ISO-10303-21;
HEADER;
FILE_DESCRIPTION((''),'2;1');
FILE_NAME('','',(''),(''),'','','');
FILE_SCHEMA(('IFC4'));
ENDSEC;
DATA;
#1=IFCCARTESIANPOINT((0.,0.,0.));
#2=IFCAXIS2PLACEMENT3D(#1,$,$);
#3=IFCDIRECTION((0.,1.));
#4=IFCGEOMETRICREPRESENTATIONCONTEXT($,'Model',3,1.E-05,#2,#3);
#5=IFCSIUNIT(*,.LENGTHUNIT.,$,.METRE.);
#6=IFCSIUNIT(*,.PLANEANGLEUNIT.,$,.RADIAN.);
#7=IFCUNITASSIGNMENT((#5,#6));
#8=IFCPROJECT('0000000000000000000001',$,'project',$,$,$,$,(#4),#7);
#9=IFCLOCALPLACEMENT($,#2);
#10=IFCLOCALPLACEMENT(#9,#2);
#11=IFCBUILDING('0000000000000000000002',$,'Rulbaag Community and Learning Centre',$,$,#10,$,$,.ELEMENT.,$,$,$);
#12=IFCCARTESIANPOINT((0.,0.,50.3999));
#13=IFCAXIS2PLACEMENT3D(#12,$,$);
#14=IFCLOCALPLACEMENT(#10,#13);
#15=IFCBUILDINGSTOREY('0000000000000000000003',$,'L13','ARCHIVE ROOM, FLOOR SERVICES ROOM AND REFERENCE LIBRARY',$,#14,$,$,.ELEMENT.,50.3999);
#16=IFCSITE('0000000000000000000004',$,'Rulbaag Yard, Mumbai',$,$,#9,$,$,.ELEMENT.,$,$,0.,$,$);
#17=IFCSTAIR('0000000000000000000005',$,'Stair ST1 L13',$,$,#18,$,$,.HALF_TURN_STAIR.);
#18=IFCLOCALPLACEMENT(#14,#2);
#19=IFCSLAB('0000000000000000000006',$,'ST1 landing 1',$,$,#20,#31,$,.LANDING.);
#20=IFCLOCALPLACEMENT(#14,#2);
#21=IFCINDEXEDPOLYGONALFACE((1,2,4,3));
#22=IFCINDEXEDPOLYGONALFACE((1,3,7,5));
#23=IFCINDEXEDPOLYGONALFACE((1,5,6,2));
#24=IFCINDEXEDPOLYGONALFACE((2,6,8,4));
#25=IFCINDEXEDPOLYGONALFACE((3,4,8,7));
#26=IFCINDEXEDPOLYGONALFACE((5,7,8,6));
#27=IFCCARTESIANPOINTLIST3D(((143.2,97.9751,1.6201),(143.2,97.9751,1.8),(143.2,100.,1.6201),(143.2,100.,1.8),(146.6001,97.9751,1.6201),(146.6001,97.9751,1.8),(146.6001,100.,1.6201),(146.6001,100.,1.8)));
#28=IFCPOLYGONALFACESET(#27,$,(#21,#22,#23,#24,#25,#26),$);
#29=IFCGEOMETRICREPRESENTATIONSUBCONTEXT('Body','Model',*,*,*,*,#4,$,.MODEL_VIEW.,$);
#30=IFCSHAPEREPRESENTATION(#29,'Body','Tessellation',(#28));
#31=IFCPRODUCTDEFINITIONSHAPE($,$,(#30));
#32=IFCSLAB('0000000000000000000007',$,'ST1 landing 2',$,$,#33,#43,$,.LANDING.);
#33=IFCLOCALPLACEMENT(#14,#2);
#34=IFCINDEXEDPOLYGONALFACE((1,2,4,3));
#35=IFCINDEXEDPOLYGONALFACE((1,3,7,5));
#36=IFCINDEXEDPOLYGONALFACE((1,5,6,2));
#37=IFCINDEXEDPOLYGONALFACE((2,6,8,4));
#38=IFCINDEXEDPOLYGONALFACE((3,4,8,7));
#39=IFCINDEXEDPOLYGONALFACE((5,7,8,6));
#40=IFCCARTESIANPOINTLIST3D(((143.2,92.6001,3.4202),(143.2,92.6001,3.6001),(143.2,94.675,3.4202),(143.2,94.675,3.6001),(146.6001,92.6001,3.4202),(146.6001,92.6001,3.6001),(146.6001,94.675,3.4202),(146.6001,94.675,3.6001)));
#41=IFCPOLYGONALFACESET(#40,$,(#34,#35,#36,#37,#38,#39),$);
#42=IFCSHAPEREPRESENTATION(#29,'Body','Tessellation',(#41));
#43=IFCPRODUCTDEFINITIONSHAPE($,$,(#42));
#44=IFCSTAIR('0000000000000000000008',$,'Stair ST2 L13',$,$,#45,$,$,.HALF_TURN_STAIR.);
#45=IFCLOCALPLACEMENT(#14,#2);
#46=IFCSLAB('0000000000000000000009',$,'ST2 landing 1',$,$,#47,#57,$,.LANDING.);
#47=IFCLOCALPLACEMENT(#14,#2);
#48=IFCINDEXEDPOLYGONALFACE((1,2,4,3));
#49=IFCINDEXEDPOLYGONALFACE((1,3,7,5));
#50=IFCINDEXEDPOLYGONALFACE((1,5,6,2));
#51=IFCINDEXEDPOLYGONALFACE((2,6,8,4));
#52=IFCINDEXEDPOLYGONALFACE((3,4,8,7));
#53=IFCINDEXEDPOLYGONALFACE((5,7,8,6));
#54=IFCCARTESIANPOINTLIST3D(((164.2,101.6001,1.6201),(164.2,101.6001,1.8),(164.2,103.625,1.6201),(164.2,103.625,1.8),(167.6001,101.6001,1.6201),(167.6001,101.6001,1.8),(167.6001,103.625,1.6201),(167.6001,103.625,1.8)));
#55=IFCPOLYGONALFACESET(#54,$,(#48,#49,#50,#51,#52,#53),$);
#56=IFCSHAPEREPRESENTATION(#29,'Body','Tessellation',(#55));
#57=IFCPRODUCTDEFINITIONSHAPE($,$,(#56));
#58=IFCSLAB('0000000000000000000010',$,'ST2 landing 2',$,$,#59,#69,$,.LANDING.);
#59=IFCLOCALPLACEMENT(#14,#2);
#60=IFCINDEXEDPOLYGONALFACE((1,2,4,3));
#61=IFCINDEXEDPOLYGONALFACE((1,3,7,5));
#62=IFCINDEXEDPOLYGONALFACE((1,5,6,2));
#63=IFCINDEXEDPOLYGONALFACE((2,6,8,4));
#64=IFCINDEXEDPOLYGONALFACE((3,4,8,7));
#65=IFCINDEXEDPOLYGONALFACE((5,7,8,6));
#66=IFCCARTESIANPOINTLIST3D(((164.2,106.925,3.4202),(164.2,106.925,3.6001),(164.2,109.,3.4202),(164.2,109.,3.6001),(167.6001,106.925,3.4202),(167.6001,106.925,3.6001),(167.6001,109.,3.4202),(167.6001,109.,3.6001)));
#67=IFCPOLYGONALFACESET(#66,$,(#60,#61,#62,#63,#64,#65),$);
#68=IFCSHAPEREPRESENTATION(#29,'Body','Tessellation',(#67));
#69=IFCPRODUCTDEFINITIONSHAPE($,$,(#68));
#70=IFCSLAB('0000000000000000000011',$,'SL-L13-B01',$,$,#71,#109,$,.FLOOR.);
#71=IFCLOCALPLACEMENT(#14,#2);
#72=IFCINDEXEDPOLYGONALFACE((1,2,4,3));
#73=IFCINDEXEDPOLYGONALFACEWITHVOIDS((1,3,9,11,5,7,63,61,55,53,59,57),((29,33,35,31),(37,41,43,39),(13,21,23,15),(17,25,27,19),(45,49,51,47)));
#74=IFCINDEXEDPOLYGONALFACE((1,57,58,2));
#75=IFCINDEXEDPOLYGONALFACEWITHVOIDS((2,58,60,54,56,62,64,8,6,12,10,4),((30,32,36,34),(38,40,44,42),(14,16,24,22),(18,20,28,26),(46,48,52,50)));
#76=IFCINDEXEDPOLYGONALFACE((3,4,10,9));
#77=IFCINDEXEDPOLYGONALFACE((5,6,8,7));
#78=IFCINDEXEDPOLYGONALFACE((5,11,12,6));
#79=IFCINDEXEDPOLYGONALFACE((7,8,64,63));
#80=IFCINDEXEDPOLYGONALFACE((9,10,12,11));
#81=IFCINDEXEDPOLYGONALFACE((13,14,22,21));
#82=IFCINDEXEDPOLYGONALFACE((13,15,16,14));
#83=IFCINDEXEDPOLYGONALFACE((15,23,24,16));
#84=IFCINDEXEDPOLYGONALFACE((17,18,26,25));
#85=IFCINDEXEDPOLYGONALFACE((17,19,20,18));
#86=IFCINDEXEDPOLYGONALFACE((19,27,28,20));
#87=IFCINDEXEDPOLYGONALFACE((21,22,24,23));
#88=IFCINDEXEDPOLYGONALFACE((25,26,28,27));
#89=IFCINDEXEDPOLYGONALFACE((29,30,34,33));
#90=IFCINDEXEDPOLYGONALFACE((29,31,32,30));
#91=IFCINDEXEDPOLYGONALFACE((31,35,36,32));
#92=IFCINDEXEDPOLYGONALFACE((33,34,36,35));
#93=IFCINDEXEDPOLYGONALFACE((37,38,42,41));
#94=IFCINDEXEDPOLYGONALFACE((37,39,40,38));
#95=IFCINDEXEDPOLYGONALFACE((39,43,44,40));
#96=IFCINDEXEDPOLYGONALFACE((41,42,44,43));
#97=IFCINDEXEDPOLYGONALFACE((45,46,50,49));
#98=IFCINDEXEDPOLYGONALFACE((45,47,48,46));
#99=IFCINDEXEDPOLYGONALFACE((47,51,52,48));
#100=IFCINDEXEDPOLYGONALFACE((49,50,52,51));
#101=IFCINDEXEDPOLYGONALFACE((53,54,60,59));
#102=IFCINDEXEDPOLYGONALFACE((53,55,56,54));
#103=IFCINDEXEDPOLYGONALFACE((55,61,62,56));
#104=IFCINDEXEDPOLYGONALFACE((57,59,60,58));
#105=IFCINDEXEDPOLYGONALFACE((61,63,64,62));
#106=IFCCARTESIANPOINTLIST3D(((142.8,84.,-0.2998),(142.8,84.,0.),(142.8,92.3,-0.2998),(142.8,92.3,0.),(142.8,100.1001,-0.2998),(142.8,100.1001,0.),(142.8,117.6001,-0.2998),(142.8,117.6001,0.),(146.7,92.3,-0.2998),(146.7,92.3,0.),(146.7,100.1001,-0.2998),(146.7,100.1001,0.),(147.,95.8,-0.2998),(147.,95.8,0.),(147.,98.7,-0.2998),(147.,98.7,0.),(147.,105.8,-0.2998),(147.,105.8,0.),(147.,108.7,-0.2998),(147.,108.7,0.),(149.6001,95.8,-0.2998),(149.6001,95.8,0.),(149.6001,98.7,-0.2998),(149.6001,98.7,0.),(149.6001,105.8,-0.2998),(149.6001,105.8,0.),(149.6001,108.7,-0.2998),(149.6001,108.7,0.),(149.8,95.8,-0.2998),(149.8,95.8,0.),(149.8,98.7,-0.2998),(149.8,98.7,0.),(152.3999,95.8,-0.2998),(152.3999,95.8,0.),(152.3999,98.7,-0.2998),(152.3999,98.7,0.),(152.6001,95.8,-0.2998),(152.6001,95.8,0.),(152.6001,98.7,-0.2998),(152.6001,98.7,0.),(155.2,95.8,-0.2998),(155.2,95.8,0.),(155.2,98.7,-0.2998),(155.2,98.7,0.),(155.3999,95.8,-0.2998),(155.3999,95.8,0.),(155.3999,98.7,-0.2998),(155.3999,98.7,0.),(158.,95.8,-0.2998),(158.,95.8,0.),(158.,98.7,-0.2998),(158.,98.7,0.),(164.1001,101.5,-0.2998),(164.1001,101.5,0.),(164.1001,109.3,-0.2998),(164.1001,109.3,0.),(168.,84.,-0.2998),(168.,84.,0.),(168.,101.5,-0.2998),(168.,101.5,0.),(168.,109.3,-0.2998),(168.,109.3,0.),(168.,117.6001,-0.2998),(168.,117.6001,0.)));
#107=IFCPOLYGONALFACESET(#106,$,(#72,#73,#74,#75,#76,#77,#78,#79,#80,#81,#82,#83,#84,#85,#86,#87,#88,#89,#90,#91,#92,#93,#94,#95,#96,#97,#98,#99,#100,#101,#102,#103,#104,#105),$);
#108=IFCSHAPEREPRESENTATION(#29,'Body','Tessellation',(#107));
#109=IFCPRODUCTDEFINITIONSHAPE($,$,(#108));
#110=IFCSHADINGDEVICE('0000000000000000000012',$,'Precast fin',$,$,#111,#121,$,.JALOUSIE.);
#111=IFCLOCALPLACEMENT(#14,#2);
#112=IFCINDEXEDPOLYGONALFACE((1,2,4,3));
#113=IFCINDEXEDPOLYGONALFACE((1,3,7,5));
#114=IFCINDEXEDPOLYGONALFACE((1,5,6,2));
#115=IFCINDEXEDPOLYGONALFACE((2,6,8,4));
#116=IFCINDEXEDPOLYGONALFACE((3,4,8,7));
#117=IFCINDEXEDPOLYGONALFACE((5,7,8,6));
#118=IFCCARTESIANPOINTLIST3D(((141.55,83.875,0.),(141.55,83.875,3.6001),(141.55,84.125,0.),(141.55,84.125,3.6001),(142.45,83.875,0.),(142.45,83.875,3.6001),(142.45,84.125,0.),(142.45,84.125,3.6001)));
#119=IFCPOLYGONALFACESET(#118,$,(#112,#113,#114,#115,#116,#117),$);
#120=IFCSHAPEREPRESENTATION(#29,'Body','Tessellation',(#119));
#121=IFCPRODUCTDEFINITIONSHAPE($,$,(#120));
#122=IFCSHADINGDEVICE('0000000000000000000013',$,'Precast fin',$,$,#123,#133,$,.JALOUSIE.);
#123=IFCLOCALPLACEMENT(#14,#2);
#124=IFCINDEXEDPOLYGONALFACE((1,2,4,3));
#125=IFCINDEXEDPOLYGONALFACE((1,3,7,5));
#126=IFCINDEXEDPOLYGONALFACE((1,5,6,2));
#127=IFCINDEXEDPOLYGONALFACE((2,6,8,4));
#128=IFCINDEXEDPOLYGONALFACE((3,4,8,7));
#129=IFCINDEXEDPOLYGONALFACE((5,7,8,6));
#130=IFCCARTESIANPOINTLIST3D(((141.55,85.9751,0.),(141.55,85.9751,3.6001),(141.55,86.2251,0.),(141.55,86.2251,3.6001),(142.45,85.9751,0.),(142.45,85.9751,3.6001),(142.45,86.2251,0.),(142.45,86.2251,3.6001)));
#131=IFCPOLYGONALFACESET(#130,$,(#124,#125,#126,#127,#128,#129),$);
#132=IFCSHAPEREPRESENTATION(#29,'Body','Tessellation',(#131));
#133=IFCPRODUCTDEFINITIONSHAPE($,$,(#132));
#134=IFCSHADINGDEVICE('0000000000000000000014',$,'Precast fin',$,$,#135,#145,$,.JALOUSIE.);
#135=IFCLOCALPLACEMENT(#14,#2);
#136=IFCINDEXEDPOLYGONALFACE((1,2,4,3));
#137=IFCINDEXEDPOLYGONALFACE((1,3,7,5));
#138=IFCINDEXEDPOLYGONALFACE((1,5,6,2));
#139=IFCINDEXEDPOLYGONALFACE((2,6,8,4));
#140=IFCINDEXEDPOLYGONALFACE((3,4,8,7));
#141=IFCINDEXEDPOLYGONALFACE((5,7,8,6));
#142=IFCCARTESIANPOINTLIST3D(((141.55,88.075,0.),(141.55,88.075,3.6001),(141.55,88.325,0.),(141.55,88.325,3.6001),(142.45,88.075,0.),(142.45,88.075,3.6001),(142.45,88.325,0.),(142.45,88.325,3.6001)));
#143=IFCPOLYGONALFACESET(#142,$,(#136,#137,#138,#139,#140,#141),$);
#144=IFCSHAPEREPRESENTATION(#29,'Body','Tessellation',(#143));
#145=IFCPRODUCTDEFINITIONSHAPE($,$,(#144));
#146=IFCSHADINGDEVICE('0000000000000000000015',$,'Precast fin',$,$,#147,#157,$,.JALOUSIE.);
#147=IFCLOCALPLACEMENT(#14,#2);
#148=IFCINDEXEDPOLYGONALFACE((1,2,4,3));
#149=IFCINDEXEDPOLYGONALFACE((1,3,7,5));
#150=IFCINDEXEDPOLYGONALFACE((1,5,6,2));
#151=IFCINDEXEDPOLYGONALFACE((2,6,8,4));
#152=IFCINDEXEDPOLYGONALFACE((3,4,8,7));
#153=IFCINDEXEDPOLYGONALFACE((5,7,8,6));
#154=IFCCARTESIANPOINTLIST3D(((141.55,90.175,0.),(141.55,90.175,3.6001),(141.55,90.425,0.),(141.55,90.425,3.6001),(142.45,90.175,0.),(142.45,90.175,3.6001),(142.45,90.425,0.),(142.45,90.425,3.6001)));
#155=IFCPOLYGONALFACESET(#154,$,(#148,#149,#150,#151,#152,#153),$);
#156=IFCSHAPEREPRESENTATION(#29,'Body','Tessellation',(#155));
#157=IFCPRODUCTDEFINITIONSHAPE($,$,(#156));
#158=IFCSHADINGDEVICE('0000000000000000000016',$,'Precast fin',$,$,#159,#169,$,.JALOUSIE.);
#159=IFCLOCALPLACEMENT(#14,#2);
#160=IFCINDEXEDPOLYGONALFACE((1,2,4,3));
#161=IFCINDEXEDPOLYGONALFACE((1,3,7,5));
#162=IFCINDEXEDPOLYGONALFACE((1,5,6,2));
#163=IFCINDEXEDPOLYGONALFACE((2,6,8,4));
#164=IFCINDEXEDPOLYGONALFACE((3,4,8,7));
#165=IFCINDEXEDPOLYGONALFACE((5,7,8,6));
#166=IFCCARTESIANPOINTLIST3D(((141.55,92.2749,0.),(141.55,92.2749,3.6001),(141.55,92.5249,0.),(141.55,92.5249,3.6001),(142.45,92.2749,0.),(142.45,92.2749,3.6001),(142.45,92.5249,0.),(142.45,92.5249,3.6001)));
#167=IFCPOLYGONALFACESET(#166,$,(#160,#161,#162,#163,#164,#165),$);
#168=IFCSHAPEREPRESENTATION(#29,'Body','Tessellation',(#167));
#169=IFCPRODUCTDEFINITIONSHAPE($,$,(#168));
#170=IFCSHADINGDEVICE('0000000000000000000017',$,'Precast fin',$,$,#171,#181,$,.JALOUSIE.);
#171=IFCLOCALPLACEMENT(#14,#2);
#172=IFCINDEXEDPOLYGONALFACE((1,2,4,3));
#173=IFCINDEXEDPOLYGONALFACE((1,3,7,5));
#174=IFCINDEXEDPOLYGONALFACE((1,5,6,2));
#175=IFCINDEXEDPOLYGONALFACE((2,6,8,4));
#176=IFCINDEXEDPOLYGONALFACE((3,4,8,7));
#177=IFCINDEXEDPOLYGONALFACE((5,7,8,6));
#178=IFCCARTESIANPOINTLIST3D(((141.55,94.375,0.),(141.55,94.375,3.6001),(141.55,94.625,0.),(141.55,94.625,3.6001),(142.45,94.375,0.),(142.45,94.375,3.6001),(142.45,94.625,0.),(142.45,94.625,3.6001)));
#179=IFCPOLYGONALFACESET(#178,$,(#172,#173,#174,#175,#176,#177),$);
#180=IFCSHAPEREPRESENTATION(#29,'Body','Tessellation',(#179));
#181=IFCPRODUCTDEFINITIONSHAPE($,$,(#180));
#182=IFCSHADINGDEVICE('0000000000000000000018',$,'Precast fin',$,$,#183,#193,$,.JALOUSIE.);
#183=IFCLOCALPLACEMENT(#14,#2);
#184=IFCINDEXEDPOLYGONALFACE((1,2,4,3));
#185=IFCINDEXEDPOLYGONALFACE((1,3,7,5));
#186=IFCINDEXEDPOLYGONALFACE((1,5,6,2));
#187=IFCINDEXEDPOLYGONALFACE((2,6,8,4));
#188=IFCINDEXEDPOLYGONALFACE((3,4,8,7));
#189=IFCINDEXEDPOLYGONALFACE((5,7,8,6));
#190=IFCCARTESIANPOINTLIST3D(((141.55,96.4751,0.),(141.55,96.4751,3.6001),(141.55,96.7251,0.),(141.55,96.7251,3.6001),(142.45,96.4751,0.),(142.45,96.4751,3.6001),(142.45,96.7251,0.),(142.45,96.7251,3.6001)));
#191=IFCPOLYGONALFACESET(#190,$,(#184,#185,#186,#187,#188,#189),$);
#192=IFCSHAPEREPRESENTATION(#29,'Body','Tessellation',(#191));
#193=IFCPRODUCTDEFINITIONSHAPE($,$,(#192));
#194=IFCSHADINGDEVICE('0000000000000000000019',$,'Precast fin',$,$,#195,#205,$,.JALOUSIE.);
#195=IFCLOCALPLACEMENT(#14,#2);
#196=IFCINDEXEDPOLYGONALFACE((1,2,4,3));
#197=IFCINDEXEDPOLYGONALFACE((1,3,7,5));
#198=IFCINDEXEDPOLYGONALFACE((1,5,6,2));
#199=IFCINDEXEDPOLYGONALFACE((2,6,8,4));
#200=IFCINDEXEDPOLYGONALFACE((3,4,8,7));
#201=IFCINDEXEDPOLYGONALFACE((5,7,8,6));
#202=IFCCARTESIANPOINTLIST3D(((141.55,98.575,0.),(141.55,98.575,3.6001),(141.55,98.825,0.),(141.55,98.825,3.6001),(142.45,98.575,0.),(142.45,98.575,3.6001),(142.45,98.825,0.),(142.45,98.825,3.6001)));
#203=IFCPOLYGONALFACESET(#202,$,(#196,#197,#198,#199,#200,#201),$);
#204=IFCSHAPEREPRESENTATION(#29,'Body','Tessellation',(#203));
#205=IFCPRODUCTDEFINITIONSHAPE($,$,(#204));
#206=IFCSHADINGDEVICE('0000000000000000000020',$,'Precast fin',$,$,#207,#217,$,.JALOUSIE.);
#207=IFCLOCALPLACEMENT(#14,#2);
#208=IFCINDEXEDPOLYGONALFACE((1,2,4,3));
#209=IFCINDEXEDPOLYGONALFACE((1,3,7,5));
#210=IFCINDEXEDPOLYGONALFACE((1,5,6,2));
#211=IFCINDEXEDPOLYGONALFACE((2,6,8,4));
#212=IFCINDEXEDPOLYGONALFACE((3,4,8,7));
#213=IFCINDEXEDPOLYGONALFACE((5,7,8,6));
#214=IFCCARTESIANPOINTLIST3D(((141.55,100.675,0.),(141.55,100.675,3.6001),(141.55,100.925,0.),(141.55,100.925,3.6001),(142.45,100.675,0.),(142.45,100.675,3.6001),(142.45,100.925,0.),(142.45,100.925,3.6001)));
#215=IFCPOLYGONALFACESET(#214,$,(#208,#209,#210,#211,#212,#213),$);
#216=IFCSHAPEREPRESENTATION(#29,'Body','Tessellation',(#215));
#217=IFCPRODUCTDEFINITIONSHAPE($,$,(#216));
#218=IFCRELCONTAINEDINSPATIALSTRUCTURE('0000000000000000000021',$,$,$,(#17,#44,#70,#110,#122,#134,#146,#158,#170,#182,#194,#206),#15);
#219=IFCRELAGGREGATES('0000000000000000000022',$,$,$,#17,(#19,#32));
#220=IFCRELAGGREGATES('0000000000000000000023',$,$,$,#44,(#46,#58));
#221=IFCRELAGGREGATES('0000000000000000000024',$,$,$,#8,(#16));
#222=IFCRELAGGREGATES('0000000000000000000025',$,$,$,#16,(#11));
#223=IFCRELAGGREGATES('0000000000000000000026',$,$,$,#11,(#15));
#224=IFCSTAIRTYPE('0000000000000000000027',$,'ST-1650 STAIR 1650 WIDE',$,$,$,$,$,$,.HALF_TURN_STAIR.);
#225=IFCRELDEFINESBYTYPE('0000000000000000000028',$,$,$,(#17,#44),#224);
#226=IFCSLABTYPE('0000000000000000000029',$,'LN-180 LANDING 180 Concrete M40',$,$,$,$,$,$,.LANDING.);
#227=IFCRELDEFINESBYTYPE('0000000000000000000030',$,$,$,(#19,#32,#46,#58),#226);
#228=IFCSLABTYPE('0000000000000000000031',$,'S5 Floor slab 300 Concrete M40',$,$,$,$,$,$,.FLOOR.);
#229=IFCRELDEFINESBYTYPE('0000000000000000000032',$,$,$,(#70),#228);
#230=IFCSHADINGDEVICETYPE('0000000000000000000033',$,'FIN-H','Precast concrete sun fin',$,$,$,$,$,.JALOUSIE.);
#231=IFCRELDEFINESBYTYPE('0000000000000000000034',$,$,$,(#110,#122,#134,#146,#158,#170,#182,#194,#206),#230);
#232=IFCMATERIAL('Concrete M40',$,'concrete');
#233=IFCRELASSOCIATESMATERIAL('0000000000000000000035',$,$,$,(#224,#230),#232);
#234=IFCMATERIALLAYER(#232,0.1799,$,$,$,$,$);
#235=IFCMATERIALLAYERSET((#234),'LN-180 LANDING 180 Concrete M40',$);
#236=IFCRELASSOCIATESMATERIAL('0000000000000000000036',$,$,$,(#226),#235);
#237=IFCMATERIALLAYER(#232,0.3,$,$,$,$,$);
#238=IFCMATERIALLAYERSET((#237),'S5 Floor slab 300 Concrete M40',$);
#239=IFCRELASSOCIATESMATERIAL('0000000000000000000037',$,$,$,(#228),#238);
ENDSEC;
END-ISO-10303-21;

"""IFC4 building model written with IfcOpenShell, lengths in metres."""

from ifc_helpers import new_model, si_unit, direction, frame, origin, origin_2d, place, context, subcontext, project, spatial, polyline, rectangle, outline, extrude, material, layer, layer_set, material_profile, profile_set, type_object, element, aggregate, save


model = new_model("IFC4")

# Units and contexts
model_context = context("Model", 3, precision=1e-05, world=origin(), true_north=direction((0.0, 1.0)))
body_context = subcontext(model_context, "Body", "Model", "MODEL_VIEW")
ifc_project = project(units=[si_unit("LENGTHUNIT", "METRE"), si_unit("PLANEANGLEUNIT", "RADIAN")], contexts=[model_context])

# Site, building, storey
site_placement = place(None, origin())
site = spatial("IfcSite", under=ifc_project, at=site_placement, Name="Rulbaag Yard, Mumbai", CompositionType="ELEMENT", RefElevation=0.0)
building_placement = place(site_placement, origin())
building = spatial("IfcBuilding", under=site, at=building_placement, Name="Rulbaag Community and Learning Centre", CompositionType="ELEMENT")
storey_placement = place(building_placement, frame((0.0, 0.0, 50.3999)))
storey = spatial("IfcBuildingStorey", under=building, at=storey_placement, Name="L13", Description="ARCHIVE ROOM, FLOOR SERVICES ROOM AND REFERENCE LIBRARY", CompositionType="ELEMENT", Elevation=50.3999)

# Stairs, slabs
ifc_material_1 = material(Name="Concrete M40", Category="concrete")
stair_type = type_object("IfcStairType", Name="ST-1650 STAIR 1650 WIDE", PredefinedType="HALF_TURN_STAIR", material=ifc_material_1)
stair_1_placement = place(storey_placement, origin())
stair_1 = element("IfcStair", 1, at=stair_1_placement, inside=storey, type_object=stair_type, Name="Stair ST1 L13", PredefinedType="HALF_TURN_STAIR")
ifc_layer_1 = layer(ifc_material_1, 0.1799)
ifc_layer_set_1 = layer_set([ifc_layer_1], Name="LN-180 LANDING 180 Concrete M40")
slab_type_1 = type_object("IfcSlabType", Name="LN-180 LANDING 180 Concrete M40", PredefinedType="LANDING", material=ifc_layer_set_1)
slab_1_placement = place(storey_placement, frame((0.0, 0.0, 1.6201)))
slab_1 = element("IfcSlab", 2, at=slab_1_placement, type_object=slab_type_1, Name="ST1 landing 1", PredefinedType="LANDING", context=body_context, shape_type="SweptSolid", body=[
    extrude(outline(polyline([(143.2, 97.9751), (143.2, 100.0), (146.6001, 100.0), (146.6001, 97.9751), (143.2, 97.9751)])), origin(), (0.0, 0.0, 1.0), 0.1799),
])
slab_2_placement = place(storey_placement, frame((0.0, 0.0, 3.4202)))
slab_2 = element("IfcSlab", 3, at=slab_2_placement, type_object=slab_type_1, Name="ST1 landing 2", PredefinedType="LANDING", context=body_context, shape_type="SweptSolid", body=[
    extrude(outline(polyline([(143.2, 92.6001), (143.2, 94.675), (146.6001, 94.675), (146.6001, 92.6001), (143.2, 92.6001)])), origin(), (0.0, 0.0, 1.0), 0.1799),
])
aggregate(stair_1, [slab_1, slab_2])
stair_2_placement = place(storey_placement, origin())
stair_2 = element("IfcStair", 4, at=stair_2_placement, inside=storey, type_object=stair_type, Name="Stair ST2 L13", PredefinedType="HALF_TURN_STAIR")
slab_3_placement = place(storey_placement, frame((0.0, 0.0, 1.6201)))
slab_3 = element("IfcSlab", 5, at=slab_3_placement, type_object=slab_type_1, Name="ST2 landing 1", PredefinedType="LANDING", context=body_context, shape_type="SweptSolid", body=[
    extrude(outline(polyline([(164.2, 101.6001), (164.2, 103.625), (167.6001, 103.625), (167.6001, 101.6001), (164.2, 101.6001)])), origin(), (0.0, 0.0, 1.0), 0.1799),
])
slab_4_placement = place(storey_placement, frame((0.0, 0.0, 3.4202)))
slab_4 = element("IfcSlab", 6, at=slab_4_placement, type_object=slab_type_1, Name="ST2 landing 2", PredefinedType="LANDING", context=body_context, shape_type="SweptSolid", body=[
    extrude(outline(polyline([(164.2, 106.925), (164.2, 109.0), (167.6001, 109.0), (167.6001, 106.925), (164.2, 106.925)])), origin(), (0.0, 0.0, 1.0), 0.1799),
])
aggregate(stair_2, [slab_3, slab_4])

# Slab
ifc_layer_2 = layer(ifc_material_1, 0.3)
ifc_layer_set_2 = layer_set([ifc_layer_2], Name="S5 Floor slab 300 Concrete M40")
slab_type_2 = type_object("IfcSlabType", Name="S5 Floor slab 300 Concrete M40", PredefinedType="FLOOR", material=ifc_layer_set_2)
slab_5_placement = place(storey_placement, frame((0.0, 0.0, -0.2998)))
element("IfcSlab", 7, at=slab_5_placement, inside=storey, type_object=slab_type_2, Name="SL-L13-B01", PredefinedType="FLOOR", context=body_context, shape_type="SweptSolid", body=[
    extrude(outline(polyline([(168.0, 84.0), (142.8, 84.0), (142.8, 92.3), (146.7, 92.3), (146.7, 100.1001), (142.8, 100.1001), (142.8, 117.6001), (168.0, 117.6001), (168.0, 109.3), (164.1001, 109.3), (164.1001, 101.5), (168.0, 101.5), (168.0, 84.0)]), holes=[polyline([(147.0, 98.7), (147.0, 95.8), (149.6001, 95.8), (149.6001, 98.7), (147.0, 98.7)]), polyline([(149.8, 98.7), (149.8, 95.8), (152.3999, 95.8), (152.3999, 98.7), (149.8, 98.7)]), polyline([(152.6001, 98.7), (152.6001, 95.8), (155.2, 95.8), (155.2, 98.7), (152.6001, 98.7)]), polyline([(155.3999, 98.7), (155.3999, 95.8), (158.0, 95.8), (158.0, 98.7), (155.3999, 98.7)]), polyline([(147.0, 108.7), (147.0, 105.8), (149.6001, 105.8), (149.6001, 108.7), (147.0, 108.7)])]), origin(), (0.0, 0.0, 1.0), 0.2998),
])

# Shading devices
ifc_material_profile = material_profile(ifc_material_1, rectangle(XDim=0.25, YDim=0.8999, at=origin_2d()), Name="PC 250x900")
ifc_profile_set = profile_set([ifc_material_profile], Name="Concrete M40")
shading_device_type = type_object("IfcShadingDeviceType", Name="FIN-H", Description="Precast concrete sun fin", PredefinedType="JALOUSIE", material=ifc_profile_set)
for number, where, z_axis, x_axis, name in (
    (8, (142.0, 84.0, 0.0), (0.0, 0.0, 1.0), (0.0, 1.0, 0.0), "Precast fin"),
    (9, (142.0, 86.1001, 0.0), (0.0, 0.0, 1.0), (0.0, 1.0, 0.0), "Precast fin"),
    (10, (142.0, 88.2, 0.0), (0.0, 0.0, 1.0), (0.0, 1.0, 0.0), "Precast fin"),
    (11, (142.0, 90.3, 0.0), (0.0, 0.0, 1.0), (0.0, 1.0, 0.0), "Precast fin"),
    (12, (142.0, 92.3999, 0.0), (0.0, 0.0, 1.0), (0.0, 1.0, 0.0), "Precast fin"),
    (13, (142.0, 94.5, 0.0), (0.0, 0.0, 1.0), (0.0, 1.0, 0.0), "Precast fin"),
    (14, (142.0, 96.6001, 0.0), (0.0, 0.0, 1.0), (0.0, 1.0, 0.0), "Precast fin"),
    (15, (142.0, 98.7, 0.0), (0.0, 0.0, 1.0), (0.0, 1.0, 0.0), "Precast fin"),
    (16, (142.0, 100.8, 0.0), (0.0, 0.0, 1.0), (0.0, 1.0, 0.0), "Precast fin"),
):
    element("IfcShadingDevice", number, at=place(storey_placement, frame(where, z_axis=z_axis, x_axis=x_axis)), inside=storey, type_object=shading_device_type, Name=name, PredefinedType="JALOUSIE", context=body_context, shape_type="SweptSolid", body=[
        extrude(rectangle(XDim=0.25, YDim=0.8999, at=origin_2d()), origin(), (0.0, 0.0, 1.0), 3.6001),
    ])

save(model, "model.ifc")
